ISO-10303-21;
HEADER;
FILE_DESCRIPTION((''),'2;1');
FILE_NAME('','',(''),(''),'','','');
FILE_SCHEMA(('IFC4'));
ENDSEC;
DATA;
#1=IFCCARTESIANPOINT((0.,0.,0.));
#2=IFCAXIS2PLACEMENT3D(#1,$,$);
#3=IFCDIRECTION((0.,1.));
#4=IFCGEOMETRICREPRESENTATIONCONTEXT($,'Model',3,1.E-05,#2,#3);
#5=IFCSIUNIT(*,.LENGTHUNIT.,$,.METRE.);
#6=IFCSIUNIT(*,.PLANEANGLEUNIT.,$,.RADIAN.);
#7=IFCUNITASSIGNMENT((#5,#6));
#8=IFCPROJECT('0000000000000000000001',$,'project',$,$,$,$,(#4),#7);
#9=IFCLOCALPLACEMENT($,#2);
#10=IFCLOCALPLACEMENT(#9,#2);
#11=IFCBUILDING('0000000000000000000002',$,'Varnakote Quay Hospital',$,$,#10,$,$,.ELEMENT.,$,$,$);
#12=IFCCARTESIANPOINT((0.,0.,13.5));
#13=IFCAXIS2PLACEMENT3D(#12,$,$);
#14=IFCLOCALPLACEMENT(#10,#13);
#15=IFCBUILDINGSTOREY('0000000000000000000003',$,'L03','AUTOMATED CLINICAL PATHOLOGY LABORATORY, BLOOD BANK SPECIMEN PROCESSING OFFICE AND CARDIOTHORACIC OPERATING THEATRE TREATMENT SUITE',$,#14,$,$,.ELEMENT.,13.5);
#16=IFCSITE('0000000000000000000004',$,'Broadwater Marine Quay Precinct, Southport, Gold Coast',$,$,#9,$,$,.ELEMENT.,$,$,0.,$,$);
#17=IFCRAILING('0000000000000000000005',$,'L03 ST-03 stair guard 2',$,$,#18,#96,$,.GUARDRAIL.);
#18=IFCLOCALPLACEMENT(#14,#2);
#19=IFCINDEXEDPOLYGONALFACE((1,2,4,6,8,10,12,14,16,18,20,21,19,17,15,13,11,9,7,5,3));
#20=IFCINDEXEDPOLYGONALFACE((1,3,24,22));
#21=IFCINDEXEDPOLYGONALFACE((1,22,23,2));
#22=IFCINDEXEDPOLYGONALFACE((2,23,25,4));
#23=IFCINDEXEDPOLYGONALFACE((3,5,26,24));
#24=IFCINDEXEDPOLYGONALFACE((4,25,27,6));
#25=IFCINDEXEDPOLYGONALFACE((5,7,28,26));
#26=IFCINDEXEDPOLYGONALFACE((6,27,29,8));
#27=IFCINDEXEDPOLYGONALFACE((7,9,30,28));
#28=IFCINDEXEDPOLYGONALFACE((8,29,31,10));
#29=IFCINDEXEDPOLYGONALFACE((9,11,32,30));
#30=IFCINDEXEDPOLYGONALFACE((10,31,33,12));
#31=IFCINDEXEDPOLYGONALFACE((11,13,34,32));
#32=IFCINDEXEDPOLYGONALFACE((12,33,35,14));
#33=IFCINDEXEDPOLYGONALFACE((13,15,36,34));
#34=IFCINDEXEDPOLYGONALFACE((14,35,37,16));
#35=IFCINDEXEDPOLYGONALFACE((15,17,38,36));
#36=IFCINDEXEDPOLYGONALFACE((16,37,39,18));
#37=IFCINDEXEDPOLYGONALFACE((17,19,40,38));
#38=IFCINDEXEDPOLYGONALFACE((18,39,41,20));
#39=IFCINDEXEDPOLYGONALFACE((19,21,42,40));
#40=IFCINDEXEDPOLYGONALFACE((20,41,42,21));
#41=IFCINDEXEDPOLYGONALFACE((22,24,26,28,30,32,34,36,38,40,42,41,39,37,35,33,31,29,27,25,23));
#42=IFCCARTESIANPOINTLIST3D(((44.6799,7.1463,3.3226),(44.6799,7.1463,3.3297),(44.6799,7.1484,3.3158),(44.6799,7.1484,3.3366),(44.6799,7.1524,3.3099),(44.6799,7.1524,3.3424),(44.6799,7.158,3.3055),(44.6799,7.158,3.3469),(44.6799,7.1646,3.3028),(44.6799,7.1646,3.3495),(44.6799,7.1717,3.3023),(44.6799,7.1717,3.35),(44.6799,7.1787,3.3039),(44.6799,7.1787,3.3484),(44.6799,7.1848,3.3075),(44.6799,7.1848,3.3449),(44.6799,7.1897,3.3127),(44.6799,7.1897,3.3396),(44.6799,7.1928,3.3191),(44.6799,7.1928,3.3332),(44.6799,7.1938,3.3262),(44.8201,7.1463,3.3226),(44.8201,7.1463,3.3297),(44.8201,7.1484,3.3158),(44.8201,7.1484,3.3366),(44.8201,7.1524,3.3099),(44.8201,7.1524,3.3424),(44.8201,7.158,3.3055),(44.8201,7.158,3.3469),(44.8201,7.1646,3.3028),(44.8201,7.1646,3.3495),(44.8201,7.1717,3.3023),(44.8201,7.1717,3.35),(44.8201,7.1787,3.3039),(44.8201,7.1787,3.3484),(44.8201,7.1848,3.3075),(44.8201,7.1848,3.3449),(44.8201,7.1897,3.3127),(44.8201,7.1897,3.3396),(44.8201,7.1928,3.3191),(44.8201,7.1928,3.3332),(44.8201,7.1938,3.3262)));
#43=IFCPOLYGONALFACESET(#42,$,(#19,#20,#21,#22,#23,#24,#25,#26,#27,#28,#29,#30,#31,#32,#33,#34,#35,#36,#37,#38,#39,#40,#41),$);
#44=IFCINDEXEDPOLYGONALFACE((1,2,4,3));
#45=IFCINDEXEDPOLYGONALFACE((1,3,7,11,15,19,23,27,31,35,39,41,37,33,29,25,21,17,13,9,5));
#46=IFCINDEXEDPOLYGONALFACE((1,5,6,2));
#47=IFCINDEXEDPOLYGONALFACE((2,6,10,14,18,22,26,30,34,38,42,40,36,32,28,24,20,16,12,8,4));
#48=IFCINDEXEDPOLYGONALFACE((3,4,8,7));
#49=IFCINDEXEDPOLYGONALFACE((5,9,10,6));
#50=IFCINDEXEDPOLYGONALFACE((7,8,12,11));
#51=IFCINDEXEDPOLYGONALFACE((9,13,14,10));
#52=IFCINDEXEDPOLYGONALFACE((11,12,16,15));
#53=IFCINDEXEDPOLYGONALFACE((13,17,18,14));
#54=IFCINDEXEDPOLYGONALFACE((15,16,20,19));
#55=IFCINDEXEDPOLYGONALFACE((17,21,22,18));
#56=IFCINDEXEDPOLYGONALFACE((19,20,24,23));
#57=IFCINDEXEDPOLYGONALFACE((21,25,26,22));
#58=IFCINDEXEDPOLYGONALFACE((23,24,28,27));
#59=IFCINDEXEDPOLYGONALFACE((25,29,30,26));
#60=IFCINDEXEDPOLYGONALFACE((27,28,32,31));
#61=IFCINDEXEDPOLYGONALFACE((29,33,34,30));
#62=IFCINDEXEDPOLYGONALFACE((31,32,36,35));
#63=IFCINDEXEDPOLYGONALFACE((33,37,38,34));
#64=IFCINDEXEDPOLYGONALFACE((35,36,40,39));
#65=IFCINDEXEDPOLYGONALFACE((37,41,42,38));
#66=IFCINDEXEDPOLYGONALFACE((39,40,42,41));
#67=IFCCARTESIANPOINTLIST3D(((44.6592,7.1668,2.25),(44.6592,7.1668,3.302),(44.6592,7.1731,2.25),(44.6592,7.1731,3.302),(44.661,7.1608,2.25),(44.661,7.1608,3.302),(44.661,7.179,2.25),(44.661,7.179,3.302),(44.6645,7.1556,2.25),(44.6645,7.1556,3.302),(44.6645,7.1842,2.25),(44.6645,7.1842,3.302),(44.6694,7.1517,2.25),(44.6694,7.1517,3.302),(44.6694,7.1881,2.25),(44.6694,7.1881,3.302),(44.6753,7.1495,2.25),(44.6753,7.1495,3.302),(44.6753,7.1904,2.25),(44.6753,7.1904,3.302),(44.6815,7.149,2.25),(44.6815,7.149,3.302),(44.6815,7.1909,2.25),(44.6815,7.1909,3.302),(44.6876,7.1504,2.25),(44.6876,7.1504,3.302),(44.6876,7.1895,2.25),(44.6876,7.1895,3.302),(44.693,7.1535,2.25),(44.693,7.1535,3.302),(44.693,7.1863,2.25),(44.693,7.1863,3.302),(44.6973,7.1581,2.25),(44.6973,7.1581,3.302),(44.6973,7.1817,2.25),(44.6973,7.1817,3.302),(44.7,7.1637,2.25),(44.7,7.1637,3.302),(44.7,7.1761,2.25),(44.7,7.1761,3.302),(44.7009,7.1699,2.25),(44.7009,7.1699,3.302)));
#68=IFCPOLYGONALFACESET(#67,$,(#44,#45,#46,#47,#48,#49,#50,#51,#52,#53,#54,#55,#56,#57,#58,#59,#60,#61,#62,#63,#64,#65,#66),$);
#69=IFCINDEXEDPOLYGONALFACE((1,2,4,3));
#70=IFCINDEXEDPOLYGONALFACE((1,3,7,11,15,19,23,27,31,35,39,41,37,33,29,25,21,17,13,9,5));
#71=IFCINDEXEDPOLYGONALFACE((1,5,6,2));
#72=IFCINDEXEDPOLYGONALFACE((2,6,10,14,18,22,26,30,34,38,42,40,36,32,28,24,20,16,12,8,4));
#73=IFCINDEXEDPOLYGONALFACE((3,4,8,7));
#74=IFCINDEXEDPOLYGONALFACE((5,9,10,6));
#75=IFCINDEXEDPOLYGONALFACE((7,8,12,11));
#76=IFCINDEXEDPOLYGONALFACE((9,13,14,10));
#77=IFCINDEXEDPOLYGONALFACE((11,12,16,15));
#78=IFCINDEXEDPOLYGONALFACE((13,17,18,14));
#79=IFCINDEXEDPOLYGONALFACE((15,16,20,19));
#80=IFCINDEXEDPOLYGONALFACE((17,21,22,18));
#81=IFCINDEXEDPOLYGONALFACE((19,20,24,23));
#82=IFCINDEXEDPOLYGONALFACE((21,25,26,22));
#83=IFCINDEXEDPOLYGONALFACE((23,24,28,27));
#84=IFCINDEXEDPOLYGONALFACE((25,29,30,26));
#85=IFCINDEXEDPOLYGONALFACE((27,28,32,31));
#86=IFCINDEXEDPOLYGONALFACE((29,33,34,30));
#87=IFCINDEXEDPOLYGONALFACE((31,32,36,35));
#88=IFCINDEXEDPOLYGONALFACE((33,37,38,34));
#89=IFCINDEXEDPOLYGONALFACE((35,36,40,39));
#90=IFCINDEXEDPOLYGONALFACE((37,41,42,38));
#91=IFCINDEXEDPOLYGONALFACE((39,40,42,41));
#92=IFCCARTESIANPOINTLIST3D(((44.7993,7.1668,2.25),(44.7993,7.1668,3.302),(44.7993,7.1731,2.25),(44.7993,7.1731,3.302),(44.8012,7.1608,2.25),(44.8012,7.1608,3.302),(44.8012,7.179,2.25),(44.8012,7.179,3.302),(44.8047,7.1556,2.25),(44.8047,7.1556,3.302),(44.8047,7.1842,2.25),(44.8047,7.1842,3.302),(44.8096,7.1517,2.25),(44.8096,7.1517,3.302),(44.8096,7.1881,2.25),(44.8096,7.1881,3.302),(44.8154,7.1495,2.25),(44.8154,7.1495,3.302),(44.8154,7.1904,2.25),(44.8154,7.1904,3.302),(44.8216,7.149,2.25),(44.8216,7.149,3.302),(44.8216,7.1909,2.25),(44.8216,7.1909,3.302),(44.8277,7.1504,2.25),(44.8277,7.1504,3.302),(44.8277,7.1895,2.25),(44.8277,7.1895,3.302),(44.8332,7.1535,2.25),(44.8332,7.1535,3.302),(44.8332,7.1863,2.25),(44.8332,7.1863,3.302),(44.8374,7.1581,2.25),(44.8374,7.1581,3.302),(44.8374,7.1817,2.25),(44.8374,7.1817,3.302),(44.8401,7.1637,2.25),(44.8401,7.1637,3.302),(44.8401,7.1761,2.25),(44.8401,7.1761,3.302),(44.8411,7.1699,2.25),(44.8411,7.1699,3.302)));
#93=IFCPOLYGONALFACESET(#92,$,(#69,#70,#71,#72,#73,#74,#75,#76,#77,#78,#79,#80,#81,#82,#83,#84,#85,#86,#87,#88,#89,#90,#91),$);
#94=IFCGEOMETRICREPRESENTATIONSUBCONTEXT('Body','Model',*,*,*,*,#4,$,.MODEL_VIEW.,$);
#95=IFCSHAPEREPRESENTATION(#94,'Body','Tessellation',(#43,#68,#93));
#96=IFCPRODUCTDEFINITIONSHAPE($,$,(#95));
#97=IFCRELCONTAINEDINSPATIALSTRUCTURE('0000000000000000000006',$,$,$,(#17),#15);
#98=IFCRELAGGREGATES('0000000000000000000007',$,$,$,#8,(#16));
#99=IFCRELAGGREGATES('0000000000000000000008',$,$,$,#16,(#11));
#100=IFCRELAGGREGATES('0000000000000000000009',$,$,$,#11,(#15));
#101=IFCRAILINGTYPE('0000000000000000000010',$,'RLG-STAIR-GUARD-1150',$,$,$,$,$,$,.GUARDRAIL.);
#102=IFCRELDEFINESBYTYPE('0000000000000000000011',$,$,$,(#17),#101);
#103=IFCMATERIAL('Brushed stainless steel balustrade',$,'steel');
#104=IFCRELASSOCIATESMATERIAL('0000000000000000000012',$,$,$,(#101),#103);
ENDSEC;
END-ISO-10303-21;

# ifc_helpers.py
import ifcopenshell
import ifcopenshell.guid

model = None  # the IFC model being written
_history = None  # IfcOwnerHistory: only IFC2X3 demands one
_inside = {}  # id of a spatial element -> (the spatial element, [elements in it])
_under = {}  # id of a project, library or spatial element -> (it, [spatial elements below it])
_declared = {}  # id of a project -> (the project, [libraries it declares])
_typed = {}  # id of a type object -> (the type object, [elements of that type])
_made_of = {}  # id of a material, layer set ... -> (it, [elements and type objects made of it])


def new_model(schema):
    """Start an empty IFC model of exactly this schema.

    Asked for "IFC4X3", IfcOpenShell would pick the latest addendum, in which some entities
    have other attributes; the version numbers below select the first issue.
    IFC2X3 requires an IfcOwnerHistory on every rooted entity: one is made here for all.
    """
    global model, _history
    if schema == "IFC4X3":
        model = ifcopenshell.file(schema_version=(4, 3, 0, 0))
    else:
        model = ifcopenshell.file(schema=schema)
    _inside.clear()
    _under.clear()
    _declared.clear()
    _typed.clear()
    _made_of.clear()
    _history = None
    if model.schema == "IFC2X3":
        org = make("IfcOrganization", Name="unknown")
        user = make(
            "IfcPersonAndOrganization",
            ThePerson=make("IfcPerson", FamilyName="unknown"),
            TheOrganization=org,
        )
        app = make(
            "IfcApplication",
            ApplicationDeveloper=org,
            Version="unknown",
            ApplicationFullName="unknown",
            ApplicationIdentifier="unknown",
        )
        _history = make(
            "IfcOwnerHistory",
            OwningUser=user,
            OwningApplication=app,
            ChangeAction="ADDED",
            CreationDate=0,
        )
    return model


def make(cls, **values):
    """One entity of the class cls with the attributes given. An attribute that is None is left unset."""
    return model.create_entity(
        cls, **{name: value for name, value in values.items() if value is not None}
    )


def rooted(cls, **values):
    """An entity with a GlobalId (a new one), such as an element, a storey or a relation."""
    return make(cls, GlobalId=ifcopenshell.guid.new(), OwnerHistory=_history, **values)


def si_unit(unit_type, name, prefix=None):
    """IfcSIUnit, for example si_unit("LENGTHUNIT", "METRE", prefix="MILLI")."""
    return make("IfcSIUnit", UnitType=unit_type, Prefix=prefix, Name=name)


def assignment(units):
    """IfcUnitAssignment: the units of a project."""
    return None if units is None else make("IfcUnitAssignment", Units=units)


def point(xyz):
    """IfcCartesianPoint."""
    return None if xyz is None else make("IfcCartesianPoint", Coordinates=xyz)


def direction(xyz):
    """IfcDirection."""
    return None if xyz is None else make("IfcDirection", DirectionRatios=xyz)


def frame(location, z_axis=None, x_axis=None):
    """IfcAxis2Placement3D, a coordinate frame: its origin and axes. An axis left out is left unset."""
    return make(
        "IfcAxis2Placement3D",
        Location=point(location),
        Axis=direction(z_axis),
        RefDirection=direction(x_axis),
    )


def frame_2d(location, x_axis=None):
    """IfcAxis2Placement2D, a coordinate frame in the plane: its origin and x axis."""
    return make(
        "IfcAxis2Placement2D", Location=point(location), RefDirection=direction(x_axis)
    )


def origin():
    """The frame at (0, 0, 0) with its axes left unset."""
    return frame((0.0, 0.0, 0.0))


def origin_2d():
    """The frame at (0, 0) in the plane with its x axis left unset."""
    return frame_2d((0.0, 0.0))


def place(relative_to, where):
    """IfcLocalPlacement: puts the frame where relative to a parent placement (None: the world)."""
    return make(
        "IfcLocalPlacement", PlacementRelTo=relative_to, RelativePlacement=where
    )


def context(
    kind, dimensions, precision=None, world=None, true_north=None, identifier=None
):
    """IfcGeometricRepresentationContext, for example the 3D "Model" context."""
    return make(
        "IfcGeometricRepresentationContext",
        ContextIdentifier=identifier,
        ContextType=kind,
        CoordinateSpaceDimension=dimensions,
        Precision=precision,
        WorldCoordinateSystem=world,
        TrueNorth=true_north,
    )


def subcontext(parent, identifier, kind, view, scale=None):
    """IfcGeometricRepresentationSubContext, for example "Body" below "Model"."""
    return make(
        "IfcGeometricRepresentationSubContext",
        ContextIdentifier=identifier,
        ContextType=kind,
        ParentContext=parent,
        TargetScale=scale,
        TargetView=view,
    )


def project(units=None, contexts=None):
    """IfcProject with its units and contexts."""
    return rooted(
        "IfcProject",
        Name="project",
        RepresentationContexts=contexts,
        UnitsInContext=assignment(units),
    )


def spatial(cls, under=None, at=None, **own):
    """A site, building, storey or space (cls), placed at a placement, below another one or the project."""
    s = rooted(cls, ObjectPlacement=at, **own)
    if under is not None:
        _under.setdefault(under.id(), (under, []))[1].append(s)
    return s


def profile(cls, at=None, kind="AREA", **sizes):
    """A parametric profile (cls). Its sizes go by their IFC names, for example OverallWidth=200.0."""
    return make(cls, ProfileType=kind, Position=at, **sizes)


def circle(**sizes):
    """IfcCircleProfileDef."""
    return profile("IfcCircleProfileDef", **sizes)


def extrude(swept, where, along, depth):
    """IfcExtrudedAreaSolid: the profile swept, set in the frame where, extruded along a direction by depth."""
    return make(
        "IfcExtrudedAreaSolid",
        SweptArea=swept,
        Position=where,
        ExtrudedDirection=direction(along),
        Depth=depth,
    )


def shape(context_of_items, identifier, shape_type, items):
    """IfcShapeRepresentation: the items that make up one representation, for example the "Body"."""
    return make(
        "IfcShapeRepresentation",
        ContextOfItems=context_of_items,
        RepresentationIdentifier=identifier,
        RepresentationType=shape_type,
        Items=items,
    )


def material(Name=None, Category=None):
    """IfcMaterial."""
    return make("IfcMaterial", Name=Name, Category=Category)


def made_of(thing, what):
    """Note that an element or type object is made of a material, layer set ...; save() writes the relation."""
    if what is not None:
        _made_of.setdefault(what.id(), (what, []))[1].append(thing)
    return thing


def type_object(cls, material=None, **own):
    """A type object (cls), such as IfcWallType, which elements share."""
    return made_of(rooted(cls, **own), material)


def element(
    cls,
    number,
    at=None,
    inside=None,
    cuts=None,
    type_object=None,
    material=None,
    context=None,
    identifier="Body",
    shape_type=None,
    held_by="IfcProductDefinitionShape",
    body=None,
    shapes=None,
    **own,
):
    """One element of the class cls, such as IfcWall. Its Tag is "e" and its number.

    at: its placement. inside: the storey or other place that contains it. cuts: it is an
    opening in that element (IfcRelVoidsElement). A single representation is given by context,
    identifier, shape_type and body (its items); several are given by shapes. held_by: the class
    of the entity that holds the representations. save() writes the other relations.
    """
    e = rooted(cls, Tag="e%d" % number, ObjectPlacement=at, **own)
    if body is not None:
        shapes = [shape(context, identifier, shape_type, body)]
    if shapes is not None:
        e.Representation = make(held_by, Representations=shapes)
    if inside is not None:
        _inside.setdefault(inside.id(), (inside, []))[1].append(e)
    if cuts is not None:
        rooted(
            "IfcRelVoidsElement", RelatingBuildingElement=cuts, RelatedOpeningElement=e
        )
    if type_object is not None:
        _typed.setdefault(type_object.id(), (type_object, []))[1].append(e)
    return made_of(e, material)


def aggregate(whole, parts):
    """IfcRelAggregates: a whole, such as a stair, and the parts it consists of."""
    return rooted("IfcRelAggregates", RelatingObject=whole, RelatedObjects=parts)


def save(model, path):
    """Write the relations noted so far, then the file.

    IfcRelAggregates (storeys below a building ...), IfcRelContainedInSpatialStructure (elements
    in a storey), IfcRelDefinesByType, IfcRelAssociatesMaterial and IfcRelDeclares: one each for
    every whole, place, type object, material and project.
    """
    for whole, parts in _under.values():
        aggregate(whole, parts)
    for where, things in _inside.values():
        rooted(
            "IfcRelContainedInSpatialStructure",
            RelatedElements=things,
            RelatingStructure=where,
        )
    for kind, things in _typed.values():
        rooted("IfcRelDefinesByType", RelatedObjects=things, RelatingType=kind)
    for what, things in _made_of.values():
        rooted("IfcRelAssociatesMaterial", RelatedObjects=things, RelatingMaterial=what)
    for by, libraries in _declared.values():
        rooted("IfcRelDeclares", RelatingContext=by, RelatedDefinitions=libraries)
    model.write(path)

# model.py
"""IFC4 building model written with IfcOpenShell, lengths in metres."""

from ifc_helpers import new_model, si_unit, direction, frame, origin, origin_2d, place, context, subcontext, project, spatial, circle, extrude, material, type_object, element, save


model = new_model("IFC4")

# Units and contexts
model_context = context("Model", 3, precision=1e-05, world=origin(), true_north=direction((0.0, 1.0)))
body_context = subcontext(model_context, "Body", "Model", "MODEL_VIEW")
ifc_project = project(units=[si_unit("LENGTHUNIT", "METRE"), si_unit("PLANEANGLEUNIT", "RADIAN")], contexts=[model_context])

# Site, building, storey
site_placement = place(None, origin())
site = spatial("IfcSite", under=ifc_project, at=site_placement, Name="Broadwater Marine Quay Precinct, Southport, Gold Coast", CompositionType="ELEMENT", RefElevation=0.0)
building_placement = place(site_placement, origin())
building = spatial("IfcBuilding", under=site, at=building_placement, Name="Varnakote Quay Hospital", CompositionType="ELEMENT")
storey_placement = place(building_placement, frame((0.0, 0.0, 13.5)))
storey = spatial("IfcBuildingStorey", under=building, at=storey_placement, Name="L03", Description="AUTOMATED CLINICAL PATHOLOGY LABORATORY, BLOOD BANK SPECIMEN PROCESSING OFFICE AND CARDIOTHORACIC OPERATING THEATRE TREATMENT SUITE", CompositionType="ELEMENT", Elevation=13.5)

# Railing
ifc_material_1 = material(Name="Brushed stainless steel balustrade", Category="steel")
railing_type_1 = type_object("IfcRailingType", Name="RLG-STAIR-GUARD-1150", PredefinedType="GUARDRAIL", material=ifc_material_1)
railing_1_placement = place(storey_placement, frame((44.6799, 7.1699, 2.25)))
element("IfcRailing", 1, at=railing_1_placement, inside=storey, type_object=railing_type_1, Name="L03 ST-03 stair guard 2", PredefinedType="GUARDRAIL", context=body_context, shape_type="SweptSolid", body=[
    extrude(circle(Radius=0.0239, at=origin_2d()), frame((0.0, 0.0, 1.0762), z_axis=(1.0, 0.0, 0.0), x_axis=(0.0, 1.0, 0.0)), (0.0, 0.0, 1.0), 0.1401),
    extrude(circle(Radius=0.021, at=origin_2d()), origin(), (0.0, 0.0, 1.0), 1.052),
    extrude(circle(Radius=0.021, at=origin_2d()), frame((0.1401, 0.0, 0.0)), (0.0, 0.0, 1.0), 1.052),
])

save(model, "model.ifc")
